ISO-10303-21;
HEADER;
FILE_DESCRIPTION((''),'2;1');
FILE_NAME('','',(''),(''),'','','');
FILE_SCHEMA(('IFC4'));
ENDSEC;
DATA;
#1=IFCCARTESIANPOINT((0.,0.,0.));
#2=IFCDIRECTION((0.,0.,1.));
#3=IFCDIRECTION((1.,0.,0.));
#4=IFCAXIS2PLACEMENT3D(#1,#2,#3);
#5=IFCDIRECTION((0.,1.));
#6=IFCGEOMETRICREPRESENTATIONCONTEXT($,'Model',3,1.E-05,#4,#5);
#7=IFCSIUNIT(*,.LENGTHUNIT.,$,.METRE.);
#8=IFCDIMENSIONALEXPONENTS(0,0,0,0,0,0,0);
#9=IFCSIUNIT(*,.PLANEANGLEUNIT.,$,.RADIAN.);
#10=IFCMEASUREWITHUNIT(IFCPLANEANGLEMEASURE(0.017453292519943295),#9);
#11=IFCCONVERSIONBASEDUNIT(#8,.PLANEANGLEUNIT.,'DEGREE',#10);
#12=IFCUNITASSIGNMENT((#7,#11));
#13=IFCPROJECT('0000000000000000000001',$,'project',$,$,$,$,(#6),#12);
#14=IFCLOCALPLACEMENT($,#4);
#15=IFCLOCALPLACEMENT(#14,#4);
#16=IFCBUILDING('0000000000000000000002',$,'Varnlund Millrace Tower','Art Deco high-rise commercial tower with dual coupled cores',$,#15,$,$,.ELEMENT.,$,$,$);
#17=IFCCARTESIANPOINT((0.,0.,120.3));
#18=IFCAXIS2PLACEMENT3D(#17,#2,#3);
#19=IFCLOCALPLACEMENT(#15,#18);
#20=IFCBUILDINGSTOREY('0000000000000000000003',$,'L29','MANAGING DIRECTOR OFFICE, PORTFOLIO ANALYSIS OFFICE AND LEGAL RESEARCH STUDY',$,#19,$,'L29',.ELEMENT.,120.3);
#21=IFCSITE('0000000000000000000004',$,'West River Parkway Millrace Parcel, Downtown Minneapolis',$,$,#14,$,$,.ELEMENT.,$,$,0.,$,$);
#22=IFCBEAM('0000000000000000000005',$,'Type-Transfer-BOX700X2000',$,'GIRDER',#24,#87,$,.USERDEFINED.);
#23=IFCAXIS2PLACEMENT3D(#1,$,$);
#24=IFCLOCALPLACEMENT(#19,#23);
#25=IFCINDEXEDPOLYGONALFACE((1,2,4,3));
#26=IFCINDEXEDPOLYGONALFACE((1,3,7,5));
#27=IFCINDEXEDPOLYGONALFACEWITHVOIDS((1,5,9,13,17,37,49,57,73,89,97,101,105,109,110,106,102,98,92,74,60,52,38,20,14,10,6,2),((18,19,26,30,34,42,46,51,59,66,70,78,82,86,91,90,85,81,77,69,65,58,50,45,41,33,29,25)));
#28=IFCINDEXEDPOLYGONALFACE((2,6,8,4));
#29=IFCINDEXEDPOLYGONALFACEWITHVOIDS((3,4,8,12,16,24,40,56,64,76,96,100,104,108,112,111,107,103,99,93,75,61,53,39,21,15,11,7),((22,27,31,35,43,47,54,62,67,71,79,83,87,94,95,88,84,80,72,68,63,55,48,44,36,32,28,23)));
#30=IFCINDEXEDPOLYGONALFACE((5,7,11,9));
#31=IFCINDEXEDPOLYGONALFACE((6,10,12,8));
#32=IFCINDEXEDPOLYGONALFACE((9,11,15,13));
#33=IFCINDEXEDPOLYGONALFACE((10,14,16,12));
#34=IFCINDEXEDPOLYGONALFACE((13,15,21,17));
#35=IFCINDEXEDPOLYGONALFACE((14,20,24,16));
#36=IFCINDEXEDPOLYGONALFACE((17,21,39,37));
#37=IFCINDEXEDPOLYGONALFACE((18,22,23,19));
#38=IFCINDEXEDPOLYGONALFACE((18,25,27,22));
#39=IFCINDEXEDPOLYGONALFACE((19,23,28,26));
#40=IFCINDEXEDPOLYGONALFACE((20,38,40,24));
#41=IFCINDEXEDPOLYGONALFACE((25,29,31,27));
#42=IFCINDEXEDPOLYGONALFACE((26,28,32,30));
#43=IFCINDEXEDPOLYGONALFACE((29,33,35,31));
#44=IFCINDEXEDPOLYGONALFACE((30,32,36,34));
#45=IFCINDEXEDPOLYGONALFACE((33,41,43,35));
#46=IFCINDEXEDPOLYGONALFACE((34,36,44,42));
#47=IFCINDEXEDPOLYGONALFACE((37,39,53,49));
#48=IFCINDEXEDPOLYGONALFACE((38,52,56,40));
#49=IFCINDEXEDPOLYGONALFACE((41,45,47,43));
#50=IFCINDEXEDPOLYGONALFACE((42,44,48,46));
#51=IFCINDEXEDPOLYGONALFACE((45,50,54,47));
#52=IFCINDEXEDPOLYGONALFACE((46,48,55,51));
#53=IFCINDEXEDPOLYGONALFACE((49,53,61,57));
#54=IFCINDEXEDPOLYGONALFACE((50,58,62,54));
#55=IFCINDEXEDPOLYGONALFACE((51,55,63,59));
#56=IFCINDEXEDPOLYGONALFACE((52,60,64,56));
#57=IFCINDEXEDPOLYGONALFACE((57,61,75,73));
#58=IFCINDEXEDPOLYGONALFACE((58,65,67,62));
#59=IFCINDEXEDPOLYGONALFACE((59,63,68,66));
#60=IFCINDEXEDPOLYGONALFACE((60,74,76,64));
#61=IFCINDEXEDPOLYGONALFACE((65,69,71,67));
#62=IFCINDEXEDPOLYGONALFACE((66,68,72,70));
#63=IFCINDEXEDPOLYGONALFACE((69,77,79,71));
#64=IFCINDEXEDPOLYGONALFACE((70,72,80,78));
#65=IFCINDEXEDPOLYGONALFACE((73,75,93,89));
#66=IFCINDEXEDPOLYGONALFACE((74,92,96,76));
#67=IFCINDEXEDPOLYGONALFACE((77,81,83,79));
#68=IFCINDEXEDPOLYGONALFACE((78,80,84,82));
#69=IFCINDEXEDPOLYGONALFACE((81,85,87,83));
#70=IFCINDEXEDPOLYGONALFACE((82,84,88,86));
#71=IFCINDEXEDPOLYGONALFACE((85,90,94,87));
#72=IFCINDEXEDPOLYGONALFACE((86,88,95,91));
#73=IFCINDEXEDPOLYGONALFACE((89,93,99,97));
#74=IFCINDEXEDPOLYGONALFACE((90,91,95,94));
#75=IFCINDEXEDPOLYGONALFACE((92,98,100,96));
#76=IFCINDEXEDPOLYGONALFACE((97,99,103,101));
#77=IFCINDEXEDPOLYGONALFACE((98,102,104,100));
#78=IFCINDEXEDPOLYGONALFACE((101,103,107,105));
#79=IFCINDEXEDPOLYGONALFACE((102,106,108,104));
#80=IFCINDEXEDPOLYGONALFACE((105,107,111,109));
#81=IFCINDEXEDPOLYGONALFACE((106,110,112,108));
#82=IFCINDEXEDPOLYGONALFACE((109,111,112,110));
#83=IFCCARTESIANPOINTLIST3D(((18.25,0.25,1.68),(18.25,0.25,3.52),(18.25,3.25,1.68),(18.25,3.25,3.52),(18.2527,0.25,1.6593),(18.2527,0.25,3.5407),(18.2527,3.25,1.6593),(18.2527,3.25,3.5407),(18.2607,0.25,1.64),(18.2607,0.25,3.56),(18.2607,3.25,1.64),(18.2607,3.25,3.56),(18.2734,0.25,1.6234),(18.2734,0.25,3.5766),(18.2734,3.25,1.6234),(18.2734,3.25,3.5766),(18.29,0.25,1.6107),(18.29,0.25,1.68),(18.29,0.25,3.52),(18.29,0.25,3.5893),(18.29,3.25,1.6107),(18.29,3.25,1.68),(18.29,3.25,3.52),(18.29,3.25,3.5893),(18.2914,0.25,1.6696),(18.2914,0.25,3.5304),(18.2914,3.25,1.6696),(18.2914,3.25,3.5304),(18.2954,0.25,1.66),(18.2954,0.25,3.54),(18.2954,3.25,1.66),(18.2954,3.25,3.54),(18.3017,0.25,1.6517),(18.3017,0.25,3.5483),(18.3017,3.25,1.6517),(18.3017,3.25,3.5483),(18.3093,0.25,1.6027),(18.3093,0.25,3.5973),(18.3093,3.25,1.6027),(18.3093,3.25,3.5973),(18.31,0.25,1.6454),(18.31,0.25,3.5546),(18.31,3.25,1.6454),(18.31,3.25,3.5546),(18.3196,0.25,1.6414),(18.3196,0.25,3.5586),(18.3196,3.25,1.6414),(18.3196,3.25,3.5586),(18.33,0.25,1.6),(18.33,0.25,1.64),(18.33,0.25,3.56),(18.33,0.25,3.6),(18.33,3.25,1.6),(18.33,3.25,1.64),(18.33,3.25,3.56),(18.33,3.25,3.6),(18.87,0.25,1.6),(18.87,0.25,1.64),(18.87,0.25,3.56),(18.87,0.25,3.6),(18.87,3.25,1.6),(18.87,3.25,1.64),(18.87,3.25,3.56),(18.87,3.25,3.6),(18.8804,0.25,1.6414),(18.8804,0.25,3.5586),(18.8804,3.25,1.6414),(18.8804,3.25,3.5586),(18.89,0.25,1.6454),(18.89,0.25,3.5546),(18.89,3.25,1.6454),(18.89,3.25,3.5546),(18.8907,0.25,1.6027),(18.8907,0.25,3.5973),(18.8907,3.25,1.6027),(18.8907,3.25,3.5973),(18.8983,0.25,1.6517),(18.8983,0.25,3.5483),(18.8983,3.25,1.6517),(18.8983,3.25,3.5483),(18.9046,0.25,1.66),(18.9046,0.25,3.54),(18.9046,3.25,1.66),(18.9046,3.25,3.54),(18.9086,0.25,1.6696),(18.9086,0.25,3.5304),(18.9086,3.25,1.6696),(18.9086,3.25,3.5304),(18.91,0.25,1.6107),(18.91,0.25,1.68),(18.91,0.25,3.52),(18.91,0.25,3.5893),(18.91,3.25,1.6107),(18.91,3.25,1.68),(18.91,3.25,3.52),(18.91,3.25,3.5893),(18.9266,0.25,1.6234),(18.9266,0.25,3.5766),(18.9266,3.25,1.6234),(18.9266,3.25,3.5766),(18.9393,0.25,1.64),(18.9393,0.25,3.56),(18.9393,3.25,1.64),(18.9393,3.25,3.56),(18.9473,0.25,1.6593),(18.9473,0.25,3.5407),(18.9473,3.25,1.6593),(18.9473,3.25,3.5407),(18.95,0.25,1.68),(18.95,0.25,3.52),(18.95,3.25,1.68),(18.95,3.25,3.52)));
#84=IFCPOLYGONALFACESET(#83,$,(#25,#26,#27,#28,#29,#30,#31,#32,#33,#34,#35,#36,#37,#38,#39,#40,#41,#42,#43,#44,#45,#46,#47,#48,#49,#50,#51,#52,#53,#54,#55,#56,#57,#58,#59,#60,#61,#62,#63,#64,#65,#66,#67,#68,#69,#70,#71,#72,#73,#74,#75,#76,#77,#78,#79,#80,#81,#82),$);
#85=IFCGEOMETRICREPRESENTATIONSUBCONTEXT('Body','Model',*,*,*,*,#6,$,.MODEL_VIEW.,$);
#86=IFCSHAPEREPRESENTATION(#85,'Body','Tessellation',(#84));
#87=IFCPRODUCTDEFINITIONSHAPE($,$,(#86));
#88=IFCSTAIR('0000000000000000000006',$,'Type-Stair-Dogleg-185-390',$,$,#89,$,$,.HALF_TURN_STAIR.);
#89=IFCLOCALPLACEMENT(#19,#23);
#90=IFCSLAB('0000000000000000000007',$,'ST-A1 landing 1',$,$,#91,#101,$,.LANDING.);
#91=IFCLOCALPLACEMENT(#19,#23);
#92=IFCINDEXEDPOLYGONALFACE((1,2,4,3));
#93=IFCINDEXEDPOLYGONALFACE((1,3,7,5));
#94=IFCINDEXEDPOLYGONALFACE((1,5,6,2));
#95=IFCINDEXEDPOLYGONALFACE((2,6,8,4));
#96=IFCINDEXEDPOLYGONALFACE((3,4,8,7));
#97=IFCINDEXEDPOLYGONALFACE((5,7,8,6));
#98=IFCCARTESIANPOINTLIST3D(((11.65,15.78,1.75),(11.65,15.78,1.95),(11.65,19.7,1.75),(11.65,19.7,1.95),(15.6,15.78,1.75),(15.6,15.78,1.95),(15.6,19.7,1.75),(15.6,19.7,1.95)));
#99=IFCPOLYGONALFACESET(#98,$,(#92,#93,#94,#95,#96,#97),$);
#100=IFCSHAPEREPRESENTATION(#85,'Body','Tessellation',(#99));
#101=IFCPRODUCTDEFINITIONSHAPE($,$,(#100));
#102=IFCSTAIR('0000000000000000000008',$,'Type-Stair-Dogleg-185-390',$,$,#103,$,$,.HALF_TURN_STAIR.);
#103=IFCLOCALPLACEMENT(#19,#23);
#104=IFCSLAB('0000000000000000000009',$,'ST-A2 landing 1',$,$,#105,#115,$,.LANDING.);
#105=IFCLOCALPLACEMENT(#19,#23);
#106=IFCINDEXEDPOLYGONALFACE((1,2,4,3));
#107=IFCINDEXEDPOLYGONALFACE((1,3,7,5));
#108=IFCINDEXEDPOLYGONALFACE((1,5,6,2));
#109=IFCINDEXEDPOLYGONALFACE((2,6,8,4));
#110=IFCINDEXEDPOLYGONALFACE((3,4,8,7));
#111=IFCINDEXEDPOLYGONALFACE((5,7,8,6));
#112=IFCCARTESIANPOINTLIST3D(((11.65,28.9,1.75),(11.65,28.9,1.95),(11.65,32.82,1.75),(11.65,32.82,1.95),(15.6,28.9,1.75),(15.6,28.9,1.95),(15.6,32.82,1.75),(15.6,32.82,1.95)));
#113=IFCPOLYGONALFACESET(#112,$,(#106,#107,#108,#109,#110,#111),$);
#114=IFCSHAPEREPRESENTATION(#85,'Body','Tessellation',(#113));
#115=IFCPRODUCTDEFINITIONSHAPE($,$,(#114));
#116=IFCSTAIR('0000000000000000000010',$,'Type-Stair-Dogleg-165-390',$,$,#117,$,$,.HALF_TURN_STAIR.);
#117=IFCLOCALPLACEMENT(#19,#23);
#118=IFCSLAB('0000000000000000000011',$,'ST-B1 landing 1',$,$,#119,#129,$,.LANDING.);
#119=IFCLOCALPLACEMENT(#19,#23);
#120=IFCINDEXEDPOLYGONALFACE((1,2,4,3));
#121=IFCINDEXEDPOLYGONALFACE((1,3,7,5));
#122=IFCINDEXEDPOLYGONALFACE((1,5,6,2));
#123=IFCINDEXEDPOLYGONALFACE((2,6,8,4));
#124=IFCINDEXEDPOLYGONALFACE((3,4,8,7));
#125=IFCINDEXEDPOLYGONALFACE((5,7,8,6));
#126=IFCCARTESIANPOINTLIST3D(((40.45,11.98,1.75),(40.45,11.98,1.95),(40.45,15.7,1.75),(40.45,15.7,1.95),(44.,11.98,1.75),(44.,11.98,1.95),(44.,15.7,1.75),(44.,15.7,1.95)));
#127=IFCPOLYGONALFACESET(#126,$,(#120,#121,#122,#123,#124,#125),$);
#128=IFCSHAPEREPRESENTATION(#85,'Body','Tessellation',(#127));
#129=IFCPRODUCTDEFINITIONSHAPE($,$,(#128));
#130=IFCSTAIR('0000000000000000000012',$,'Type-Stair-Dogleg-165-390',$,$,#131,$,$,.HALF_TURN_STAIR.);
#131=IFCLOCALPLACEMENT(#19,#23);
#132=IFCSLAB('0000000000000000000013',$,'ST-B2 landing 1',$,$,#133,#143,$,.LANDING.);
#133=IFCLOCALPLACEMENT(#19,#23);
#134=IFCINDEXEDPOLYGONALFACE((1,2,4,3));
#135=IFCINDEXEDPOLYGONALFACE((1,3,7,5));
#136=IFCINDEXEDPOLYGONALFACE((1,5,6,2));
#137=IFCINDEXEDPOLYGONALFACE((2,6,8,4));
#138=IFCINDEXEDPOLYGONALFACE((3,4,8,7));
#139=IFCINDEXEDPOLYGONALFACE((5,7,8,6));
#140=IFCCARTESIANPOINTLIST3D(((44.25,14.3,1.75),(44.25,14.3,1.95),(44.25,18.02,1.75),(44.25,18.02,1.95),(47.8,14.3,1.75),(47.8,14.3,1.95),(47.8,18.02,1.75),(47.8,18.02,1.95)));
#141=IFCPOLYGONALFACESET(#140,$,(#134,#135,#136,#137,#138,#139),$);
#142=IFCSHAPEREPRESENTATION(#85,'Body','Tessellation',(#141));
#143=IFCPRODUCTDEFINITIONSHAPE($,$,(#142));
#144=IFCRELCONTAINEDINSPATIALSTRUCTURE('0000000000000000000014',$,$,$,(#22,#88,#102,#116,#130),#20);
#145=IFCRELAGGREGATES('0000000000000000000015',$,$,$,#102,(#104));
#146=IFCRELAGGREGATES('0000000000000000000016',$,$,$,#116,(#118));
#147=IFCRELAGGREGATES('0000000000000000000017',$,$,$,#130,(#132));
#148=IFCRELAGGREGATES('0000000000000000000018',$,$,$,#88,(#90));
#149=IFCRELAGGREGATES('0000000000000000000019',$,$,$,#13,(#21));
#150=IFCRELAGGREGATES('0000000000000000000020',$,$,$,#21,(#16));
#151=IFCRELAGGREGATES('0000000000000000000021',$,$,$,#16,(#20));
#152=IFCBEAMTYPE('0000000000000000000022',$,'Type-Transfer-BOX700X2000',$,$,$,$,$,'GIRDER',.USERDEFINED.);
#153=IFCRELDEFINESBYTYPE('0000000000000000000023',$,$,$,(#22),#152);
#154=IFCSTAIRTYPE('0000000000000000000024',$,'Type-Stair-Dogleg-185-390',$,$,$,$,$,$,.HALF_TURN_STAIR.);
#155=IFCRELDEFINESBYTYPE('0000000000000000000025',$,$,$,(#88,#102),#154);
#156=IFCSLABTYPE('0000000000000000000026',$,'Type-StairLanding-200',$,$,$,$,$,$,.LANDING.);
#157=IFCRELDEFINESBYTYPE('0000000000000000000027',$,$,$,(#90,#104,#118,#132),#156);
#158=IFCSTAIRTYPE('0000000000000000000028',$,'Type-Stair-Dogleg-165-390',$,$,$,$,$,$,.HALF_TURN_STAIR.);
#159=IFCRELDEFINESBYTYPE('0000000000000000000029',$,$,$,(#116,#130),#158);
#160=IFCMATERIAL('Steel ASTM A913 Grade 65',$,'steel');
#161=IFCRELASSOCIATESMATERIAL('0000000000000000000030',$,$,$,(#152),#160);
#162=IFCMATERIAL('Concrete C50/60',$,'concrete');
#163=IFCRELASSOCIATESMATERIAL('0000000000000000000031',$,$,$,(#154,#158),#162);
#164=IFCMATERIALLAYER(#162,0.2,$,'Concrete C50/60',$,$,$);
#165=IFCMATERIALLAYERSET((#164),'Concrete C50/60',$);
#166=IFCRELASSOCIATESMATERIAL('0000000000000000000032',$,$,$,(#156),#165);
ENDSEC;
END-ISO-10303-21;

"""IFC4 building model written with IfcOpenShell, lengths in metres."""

from ifc_helpers import new_model, entity, si_unit, converted_unit, direction, frame, origin_with_axes, origin_2d_with_axis, place, context, subcontext, project, spatial, polyline, hollow_rectangle, outline, extrude, material, layer, layer_set, material_profile, profile_set, type_object, element, aggregate, save


model = new_model("IFC4")

# Units and contexts
model_context = context("Model", 3, precision=1e-05, world=origin_with_axes(), true_north=direction((0.0, 1.0)))
body_context = subcontext(model_context, "Body", "Model", "MODEL_VIEW")
ifc_project = project(units=[si_unit("LENGTHUNIT", "METRE"), converted_unit("PLANEANGLEUNIT", "DEGREE", entity("IfcPlaneAngleMeasure", 0.017453292519943295), si_unit("PLANEANGLEUNIT", "RADIAN"), dimensions=[0, 0, 0, 0, 0, 0, 0])], contexts=[model_context])

# Site, building, storey
site_placement = place(None, origin_with_axes())
site = spatial("IfcSite", under=ifc_project, at=site_placement, Name="West River Parkway Millrace Parcel, Downtown Minneapolis", CompositionType="ELEMENT", RefElevation=0.0)
building_placement = place(site_placement, origin_with_axes())
building = spatial("IfcBuilding", under=site, at=building_placement, Name="Varnlund Millrace Tower", Description="Art Deco high-rise commercial tower with dual coupled cores", CompositionType="ELEMENT")
storey_placement = place(building_placement, frame((0.0, 0.0, 120.3), z_axis=(0.0, 0.0, 1.0), x_axis=(1.0, 0.0, 0.0)))
storey = spatial("IfcBuildingStorey", under=building, at=storey_placement, Name="L29", Description="MANAGING DIRECTOR OFFICE, PORTFOLIO ANALYSIS OFFICE AND LEGAL RESEARCH STUDY", LongName="L29", CompositionType="ELEMENT", Elevation=120.3)

# Beam
ifc_material_1 = material(Name="Steel ASTM A913 Grade 65", Category="steel")
ifc_material_profile_1 = material_profile(ifc_material_1, hollow_rectangle(XDim=0.7, YDim=2.0, WallThickness=0.04, InnerFilletRadius=0.04, OuterFilletRadius=0.08, at=origin_2d_with_axis()), Name="Steel ASTM A913 Grade 65")
ifc_profile_set_1 = profile_set([ifc_material_profile_1], Name="Steel ASTM A913 Grade 65")
beam_type_1 = type_object("IfcBeamType", Name="Type-Transfer-BOX700X2000", ElementType="GIRDER", PredefinedType="USERDEFINED", material=ifc_profile_set_1)
beam_1_placement = place(storey_placement, frame((18.6, 0.25, 2.6), z_axis=(0.0, 1.0, 0.0), x_axis=(-1.0, 0.0, 0.0)))
element("IfcBeam", 1, at=beam_1_placement, inside=storey, type_object=beam_type_1, Name="Type-Transfer-BOX700X2000", ObjectType="GIRDER", PredefinedType="USERDEFINED", context=body_context, shape_type="SweptSolid", body=[
    extrude(hollow_rectangle(XDim=0.7, YDim=2.0, WallThickness=0.04, InnerFilletRadius=0.04, OuterFilletRadius=0.08, at=origin_2d_with_axis()), origin_with_axes(), (0.0, 0.0, 1.0), 3.0),
])

# Stairs, slabs
ifc_material_2 = material(Name="Concrete C50/60", Category="concrete")
stair_type_1 = type_object("IfcStairType", Name="Type-Stair-Dogleg-185-390", PredefinedType="HALF_TURN_STAIR", material=ifc_material_2)
stair_1_placement = place(storey_placement, origin_with_axes())
stair_1 = element("IfcStair", 2, at=stair_1_placement, inside=storey, type_object=stair_type_1, Name="Type-Stair-Dogleg-185-390", PredefinedType="HALF_TURN_STAIR")
ifc_layer_1 = layer(ifc_material_2, 0.2, Name="Concrete C50/60")
ifc_layer_set_1 = layer_set([ifc_layer_1], Name="Concrete C50/60")
slab_type = type_object("IfcSlabType", Name="Type-StairLanding-200", PredefinedType="LANDING", material=ifc_layer_set_1)
slab_1_placement = place(storey_placement, frame((0.0, 0.0, 1.75), z_axis=(0.0, 0.0, 1.0), x_axis=(1.0, 0.0, 0.0)))
slab_1 = element("IfcSlab", 3, at=slab_1_placement, type_object=slab_type, Name="ST-A1 landing 1", PredefinedType="LANDING", context=body_context, shape_type="SweptSolid", body=[
    extrude(outline(polyline([(15.6, 15.78), (15.6, 19.7), (11.65, 19.7), (11.65, 15.78), (15.6, 15.78)])), origin_with_axes(), (0.0, 0.0, 1.0), 0.2),
])
stair_2_placement = place(storey_placement, origin_with_axes())
stair_2 = element("IfcStair", 4, at=stair_2_placement, inside=storey, type_object=stair_type_1, Name="Type-Stair-Dogleg-185-390", PredefinedType="HALF_TURN_STAIR")
slab_2_placement = place(storey_placement, frame((0.0, 0.0, 1.75), z_axis=(0.0, 0.0, 1.0), x_axis=(1.0, 0.0, 0.0)))
slab_2 = element("IfcSlab", 5, at=slab_2_placement, type_object=slab_type, Name="ST-A2 landing 1", PredefinedType="LANDING", context=body_context, shape_type="SweptSolid", body=[
    extrude(outline(polyline([(11.65, 32.82), (11.65, 28.9), (15.6, 28.9), (15.6, 32.82), (11.65, 32.82)])), origin_with_axes(), (0.0, 0.0, 1.0), 0.2),
])
aggregate(stair_2, [slab_2])
stair_type_2 = type_object("IfcStairType", Name="Type-Stair-Dogleg-165-390", PredefinedType="HALF_TURN_STAIR", material=ifc_material_2)
stair_3_placement = place(storey_placement, origin_with_axes())
stair_3 = element("IfcStair", 6, at=stair_3_placement, inside=storey, type_object=stair_type_2, Name="Type-Stair-Dogleg-165-390", PredefinedType="HALF_TURN_STAIR")
slab_3_placement = place(storey_placement, frame((0.0, 0.0, 1.75), z_axis=(0.0, 0.0, 1.0), x_axis=(1.0, 0.0, 0.0)))
slab_3 = element("IfcSlab", 7, at=slab_3_placement, type_object=slab_type, Name="ST-B1 landing 1", PredefinedType="LANDING", context=body_context, shape_type="SweptSolid", body=[
    extrude(outline(polyline([(44.0, 11.98), (44.0, 15.7), (40.45, 15.7), (40.45, 11.98), (44.0, 11.98)])), origin_with_axes(), (0.0, 0.0, 1.0), 0.2),
])
aggregate(stair_3, [slab_3])
stair_4_placement = place(storey_placement, origin_with_axes())
stair_4 = element("IfcStair", 8, at=stair_4_placement, inside=storey, type_object=stair_type_2, Name="Type-Stair-Dogleg-165-390", PredefinedType="HALF_TURN_STAIR")
slab_4_placement = place(storey_placement, frame((0.0, 0.0, 1.75), z_axis=(0.0, 0.0, 1.0), x_axis=(1.0, 0.0, 0.0)))
slab_4 = element("IfcSlab", 9, at=slab_4_placement, type_object=slab_type, Name="ST-B2 landing 1", PredefinedType="LANDING", context=body_context, shape_type="SweptSolid", body=[
    extrude(outline(polyline([(44.25, 18.02), (44.25, 14.3), (47.8, 14.3), (47.8, 18.02), (44.25, 18.02)])), origin_with_axes(), (0.0, 0.0, 1.0), 0.2),
])
aggregate(stair_4, [slab_4])

aggregate(stair_1, [slab_1])

save(model, "model.ifc")
